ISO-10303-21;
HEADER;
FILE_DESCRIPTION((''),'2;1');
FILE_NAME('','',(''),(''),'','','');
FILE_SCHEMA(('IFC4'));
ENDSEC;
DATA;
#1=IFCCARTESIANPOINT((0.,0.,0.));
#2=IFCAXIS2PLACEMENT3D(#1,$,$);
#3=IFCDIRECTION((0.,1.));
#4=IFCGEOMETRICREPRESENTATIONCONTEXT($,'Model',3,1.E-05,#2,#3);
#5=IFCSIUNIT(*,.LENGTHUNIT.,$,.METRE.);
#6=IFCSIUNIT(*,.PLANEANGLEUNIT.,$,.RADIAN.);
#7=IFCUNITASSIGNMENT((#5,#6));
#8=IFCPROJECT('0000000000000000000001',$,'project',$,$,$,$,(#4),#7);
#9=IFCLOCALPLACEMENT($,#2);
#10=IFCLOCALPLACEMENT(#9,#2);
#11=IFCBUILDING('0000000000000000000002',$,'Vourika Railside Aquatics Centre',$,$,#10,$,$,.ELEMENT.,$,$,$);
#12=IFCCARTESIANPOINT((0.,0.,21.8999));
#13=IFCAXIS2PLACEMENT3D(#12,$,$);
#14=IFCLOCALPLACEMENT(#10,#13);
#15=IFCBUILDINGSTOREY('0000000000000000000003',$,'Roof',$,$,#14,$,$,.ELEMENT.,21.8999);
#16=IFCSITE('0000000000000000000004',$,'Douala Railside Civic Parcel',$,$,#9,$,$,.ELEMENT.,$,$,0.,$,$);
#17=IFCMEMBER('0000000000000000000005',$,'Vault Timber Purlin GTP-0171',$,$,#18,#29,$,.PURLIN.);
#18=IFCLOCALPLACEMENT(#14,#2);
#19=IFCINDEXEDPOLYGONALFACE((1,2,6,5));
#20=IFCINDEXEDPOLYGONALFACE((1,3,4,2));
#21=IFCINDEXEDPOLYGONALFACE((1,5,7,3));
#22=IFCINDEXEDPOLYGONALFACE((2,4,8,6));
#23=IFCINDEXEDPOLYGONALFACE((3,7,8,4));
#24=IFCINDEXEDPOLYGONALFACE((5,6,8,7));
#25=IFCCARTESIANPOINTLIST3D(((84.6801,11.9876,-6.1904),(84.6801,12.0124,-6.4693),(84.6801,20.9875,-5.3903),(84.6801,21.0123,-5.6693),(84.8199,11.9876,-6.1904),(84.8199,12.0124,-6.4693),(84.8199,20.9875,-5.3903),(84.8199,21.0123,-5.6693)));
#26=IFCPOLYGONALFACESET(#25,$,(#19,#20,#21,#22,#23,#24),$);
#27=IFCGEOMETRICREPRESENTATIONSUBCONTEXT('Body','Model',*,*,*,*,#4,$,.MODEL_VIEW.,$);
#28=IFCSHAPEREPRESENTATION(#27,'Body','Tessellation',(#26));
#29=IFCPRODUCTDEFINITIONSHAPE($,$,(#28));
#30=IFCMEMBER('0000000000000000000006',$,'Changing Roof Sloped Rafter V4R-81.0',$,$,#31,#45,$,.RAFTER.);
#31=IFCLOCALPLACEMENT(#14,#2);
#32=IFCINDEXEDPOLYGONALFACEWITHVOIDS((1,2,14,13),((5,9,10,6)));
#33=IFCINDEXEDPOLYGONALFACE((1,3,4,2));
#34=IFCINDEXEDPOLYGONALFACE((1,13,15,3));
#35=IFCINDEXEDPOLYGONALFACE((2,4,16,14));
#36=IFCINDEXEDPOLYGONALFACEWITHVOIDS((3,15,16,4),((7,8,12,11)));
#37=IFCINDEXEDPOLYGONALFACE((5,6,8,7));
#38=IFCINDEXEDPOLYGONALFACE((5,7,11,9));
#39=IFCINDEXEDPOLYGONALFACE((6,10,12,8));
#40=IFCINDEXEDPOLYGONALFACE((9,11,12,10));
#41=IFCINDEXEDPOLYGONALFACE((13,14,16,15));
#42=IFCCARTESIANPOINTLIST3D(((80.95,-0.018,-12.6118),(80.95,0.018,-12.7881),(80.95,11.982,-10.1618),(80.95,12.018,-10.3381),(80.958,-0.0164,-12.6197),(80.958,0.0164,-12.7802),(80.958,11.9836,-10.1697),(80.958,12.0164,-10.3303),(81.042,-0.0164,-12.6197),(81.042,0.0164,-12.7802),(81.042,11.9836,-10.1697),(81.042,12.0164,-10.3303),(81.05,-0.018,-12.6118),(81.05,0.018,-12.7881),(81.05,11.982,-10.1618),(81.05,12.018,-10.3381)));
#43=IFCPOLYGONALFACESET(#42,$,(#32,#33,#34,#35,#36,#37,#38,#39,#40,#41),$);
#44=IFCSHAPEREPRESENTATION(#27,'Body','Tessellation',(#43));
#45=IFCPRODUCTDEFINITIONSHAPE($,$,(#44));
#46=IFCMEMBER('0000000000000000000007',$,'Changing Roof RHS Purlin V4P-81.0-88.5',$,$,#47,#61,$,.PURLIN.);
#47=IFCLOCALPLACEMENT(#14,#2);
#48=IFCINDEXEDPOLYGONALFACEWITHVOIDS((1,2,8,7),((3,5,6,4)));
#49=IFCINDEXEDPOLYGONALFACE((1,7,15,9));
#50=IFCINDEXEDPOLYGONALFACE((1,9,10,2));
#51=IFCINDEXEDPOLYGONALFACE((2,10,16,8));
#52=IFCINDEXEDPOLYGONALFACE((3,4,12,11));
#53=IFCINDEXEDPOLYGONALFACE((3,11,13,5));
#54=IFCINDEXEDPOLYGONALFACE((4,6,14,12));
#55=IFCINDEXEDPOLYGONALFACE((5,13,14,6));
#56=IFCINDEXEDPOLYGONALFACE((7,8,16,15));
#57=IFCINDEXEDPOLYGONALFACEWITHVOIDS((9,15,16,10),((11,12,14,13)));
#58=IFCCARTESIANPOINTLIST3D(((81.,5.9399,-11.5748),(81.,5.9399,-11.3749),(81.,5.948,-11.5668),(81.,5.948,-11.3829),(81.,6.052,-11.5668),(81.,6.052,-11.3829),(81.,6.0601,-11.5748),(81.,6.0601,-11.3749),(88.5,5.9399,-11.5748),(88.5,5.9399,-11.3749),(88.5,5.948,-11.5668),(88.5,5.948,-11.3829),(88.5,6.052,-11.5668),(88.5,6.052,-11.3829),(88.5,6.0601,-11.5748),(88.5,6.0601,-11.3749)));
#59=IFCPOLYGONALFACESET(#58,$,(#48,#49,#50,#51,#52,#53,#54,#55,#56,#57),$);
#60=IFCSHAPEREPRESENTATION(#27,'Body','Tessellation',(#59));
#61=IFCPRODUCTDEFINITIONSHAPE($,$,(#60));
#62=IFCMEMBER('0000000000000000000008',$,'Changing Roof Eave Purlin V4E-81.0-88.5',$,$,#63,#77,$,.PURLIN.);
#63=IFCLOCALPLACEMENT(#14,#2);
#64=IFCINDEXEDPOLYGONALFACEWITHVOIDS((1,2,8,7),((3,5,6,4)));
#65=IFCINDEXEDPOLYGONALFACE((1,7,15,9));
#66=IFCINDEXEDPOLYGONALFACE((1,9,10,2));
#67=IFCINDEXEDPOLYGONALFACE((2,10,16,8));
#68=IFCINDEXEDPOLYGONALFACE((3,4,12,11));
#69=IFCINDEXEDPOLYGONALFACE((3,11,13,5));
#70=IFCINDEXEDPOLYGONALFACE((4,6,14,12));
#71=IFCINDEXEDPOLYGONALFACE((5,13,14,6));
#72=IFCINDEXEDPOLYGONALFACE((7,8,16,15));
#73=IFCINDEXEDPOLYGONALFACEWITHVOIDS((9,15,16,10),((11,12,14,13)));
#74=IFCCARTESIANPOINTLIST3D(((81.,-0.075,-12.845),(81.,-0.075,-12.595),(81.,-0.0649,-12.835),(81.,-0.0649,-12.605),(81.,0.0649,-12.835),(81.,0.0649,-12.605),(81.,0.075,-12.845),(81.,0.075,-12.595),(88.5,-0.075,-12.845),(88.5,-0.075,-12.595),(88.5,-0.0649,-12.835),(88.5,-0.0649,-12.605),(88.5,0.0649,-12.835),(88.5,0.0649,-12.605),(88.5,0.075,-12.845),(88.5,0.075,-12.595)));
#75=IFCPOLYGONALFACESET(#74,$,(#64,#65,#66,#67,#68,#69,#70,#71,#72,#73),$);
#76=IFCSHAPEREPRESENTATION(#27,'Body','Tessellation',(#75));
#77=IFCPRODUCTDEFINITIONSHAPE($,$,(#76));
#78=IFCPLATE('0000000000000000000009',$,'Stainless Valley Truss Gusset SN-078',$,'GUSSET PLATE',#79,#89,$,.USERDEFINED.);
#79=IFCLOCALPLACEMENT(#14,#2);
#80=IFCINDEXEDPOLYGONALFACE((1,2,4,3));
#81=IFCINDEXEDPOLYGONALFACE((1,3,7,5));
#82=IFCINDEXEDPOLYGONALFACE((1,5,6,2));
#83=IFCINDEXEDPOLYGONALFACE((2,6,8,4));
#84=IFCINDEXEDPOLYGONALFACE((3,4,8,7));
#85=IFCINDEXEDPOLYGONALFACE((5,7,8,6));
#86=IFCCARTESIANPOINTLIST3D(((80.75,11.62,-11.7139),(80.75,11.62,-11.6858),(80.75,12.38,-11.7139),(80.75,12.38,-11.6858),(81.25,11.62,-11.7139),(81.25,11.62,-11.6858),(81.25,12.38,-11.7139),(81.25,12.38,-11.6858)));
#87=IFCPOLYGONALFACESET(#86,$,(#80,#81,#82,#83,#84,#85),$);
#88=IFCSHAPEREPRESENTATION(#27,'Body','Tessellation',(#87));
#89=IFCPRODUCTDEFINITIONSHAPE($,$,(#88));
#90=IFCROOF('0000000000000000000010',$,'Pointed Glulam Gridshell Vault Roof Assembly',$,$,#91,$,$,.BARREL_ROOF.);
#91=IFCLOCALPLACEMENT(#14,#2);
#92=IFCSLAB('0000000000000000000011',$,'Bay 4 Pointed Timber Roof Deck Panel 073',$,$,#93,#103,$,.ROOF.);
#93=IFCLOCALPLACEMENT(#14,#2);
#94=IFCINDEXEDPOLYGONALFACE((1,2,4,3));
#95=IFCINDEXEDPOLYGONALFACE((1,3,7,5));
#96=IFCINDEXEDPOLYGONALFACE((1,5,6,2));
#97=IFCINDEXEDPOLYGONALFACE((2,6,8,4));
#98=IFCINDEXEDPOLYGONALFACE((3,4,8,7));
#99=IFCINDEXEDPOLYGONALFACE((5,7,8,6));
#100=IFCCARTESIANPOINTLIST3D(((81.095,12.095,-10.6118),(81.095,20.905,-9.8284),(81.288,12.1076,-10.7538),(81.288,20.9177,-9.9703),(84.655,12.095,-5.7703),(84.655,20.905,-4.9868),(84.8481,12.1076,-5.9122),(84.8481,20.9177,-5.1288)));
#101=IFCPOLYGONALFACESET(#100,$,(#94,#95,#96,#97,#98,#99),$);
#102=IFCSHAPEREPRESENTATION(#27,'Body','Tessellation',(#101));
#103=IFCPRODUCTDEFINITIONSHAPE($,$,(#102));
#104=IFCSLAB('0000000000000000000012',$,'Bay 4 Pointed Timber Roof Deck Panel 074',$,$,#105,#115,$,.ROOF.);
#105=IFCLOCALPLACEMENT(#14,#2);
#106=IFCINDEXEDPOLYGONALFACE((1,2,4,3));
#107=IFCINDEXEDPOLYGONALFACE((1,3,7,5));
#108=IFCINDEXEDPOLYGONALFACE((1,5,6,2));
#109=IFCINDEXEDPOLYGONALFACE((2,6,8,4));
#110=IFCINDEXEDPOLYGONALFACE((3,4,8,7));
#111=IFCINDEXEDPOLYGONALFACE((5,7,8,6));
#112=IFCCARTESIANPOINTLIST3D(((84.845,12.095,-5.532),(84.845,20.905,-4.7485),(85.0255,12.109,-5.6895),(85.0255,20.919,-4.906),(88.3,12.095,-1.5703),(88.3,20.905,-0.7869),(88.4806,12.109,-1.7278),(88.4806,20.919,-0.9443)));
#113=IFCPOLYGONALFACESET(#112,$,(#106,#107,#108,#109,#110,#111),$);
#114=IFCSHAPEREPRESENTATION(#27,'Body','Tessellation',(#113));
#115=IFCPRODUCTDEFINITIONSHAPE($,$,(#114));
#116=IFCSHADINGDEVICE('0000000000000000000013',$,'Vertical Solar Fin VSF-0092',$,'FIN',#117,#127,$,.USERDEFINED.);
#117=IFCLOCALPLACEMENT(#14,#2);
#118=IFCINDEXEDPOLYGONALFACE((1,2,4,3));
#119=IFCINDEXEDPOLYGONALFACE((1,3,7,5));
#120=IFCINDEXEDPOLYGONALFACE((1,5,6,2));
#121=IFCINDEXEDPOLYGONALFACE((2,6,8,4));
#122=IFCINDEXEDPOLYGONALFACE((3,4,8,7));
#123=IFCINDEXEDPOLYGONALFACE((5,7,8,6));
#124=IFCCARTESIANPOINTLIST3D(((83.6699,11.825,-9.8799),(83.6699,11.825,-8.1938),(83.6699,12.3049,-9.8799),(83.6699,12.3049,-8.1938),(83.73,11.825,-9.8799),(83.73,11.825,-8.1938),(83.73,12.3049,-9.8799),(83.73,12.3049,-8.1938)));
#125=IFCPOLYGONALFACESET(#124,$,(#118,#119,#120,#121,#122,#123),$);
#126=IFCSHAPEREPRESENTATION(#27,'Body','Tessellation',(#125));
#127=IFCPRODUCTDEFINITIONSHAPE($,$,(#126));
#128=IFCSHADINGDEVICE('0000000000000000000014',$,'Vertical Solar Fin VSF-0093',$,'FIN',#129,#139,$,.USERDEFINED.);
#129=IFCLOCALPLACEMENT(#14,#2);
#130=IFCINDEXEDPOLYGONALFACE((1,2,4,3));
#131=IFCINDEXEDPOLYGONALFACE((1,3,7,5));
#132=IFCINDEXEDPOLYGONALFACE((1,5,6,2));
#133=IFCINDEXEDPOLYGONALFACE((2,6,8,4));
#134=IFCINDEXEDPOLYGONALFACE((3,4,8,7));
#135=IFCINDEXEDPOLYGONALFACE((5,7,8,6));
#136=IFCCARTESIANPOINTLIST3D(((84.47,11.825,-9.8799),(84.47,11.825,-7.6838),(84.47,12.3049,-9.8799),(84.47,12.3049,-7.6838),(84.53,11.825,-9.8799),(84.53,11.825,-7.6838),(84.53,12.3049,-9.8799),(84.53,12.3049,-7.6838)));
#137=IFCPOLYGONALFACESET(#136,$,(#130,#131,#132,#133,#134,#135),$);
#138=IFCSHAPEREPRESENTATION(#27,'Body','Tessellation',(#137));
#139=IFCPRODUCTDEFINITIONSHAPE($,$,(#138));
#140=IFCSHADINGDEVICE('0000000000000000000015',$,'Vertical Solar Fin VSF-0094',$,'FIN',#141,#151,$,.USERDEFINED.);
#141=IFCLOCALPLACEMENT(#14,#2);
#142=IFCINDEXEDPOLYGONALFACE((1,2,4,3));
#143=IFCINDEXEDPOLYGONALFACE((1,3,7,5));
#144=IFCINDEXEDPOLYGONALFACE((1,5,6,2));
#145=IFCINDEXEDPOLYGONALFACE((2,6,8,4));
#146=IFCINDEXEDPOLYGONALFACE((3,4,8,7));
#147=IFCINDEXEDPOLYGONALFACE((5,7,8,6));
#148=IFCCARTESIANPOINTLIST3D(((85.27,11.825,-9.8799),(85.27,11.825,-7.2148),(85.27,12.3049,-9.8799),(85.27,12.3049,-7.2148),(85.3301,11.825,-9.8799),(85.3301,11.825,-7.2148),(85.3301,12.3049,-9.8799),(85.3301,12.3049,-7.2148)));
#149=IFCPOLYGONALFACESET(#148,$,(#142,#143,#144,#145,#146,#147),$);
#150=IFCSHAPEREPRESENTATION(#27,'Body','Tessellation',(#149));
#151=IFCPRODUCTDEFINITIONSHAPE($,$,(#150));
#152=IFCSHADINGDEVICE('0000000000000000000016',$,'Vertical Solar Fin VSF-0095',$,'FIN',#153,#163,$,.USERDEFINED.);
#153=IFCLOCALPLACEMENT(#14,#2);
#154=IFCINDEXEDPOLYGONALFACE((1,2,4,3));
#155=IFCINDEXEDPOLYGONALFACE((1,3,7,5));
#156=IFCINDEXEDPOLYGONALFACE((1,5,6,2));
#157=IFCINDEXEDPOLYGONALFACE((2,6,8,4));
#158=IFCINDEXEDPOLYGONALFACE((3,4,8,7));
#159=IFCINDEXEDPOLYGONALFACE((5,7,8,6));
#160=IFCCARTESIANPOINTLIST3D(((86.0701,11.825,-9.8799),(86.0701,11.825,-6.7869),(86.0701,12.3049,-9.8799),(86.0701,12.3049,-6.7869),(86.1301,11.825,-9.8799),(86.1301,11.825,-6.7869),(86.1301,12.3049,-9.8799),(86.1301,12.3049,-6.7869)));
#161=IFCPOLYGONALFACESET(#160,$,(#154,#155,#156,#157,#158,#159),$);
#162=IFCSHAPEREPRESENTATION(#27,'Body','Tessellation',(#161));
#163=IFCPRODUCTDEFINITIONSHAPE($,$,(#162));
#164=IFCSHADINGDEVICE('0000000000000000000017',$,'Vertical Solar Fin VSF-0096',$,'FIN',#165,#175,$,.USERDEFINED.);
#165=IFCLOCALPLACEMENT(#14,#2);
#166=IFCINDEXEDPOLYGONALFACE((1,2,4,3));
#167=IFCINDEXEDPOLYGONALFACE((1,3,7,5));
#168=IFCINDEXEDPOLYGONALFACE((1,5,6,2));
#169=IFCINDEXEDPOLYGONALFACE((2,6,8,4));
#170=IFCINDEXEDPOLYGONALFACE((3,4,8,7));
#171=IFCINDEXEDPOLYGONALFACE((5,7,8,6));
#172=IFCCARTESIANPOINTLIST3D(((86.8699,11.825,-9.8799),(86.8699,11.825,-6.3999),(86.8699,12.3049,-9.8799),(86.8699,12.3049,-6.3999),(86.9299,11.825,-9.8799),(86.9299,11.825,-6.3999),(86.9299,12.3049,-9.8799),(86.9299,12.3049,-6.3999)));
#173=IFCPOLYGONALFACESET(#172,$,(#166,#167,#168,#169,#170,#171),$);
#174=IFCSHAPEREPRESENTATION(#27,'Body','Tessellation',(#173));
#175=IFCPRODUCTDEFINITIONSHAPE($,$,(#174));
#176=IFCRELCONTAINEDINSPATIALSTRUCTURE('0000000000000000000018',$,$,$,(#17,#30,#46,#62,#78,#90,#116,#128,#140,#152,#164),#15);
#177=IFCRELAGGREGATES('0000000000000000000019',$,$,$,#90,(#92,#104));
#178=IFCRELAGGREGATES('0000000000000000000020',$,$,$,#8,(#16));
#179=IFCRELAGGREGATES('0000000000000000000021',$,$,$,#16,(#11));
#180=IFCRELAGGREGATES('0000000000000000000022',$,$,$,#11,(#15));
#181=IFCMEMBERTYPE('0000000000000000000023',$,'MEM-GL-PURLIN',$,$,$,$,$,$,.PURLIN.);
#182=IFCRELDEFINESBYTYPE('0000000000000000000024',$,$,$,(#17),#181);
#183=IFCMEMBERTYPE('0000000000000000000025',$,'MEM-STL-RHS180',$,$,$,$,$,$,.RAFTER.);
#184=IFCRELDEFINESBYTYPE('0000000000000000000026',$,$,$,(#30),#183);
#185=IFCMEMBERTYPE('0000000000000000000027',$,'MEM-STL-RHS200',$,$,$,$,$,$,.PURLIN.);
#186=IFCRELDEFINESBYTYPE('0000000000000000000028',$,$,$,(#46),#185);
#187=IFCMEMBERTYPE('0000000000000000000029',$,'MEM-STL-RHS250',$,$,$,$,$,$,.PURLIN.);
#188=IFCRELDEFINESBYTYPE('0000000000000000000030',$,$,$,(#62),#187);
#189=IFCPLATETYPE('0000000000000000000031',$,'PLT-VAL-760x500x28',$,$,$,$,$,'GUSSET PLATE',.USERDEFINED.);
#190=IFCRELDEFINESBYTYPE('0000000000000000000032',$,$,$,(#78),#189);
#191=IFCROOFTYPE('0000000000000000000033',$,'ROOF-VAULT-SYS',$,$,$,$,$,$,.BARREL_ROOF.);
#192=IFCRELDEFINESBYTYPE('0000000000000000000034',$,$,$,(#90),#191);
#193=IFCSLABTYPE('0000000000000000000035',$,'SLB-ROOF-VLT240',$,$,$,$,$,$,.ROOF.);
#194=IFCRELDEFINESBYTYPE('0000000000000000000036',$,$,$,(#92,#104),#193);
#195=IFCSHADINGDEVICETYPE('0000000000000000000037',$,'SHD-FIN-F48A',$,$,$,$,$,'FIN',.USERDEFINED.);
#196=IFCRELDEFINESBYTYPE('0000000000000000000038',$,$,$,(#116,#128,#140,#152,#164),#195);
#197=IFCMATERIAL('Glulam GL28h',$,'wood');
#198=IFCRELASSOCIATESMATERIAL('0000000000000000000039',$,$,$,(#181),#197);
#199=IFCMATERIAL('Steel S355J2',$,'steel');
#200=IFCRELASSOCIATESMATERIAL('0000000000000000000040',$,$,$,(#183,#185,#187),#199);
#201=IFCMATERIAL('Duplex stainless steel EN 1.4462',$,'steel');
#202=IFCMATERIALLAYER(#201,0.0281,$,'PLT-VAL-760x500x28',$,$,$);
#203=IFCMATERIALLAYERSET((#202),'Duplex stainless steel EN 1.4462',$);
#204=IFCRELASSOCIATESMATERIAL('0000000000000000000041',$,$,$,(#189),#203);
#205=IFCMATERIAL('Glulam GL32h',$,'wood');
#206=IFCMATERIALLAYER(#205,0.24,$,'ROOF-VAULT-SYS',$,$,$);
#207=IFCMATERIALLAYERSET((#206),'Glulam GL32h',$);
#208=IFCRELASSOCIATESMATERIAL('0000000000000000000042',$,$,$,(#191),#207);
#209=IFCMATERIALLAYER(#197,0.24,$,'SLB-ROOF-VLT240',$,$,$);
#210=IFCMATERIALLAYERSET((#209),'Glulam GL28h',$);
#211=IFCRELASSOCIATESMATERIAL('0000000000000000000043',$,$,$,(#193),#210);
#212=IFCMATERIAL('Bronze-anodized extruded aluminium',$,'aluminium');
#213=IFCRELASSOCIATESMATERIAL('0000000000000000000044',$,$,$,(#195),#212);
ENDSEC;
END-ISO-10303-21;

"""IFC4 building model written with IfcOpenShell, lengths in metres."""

from ifc_helpers import new_model, si_unit, direction, frame, origin, origin_2d, place, context, subcontext, project, spatial, polyline, rectangle, hollow_rectangle, outline, extrude, material, layer, layer_set, material_profile, profile_set, type_object, element, aggregate, save


model = new_model("IFC4")

# Units and contexts
model_context = context("Model", 3, precision=1e-05, world=origin(), true_north=direction((0.0, 1.0)))
body_context = subcontext(model_context, "Body", "Model", "MODEL_VIEW")
ifc_project = project(units=[si_unit("LENGTHUNIT", "METRE"), si_unit("PLANEANGLEUNIT", "RADIAN")], contexts=[model_context])

# Site, building, storey
site_placement = place(None, origin())
site = spatial("IfcSite", under=ifc_project, at=site_placement, Name="Douala Railside Civic Parcel", CompositionType="ELEMENT", RefElevation=0.0)
building_placement = place(site_placement, origin())
building = spatial("IfcBuilding", under=site, at=building_placement, Name="Vourika Railside Aquatics Centre", CompositionType="ELEMENT")
storey_placement = place(building_placement, frame((0.0, 0.0, 21.8999)))
storey = spatial("IfcBuildingStorey", under=building, at=storey_placement, Name="Roof", CompositionType="ELEMENT", Elevation=21.8999)

# Shared definitions
ifc_material_1 = material(Name="Steel S355J2", Category="steel")

# Shared definitions
ifc_material_2 = material(Name="Glulam GL32h", Category="wood")

# Members
ifc_material_3 = material(Name="Glulam GL28h", Category="wood")
ifc_material_profile_1 = material_profile(ifc_material_3, rectangle(XDim=0.1399, YDim=0.28, at=origin_2d()), Name="GL28h 140x280")
ifc_profile_set_1 = profile_set([ifc_material_profile_1], Name="Glulam GL28h")
member_type_1 = type_object("IfcMemberType", Name="MEM-GL-PURLIN", PredefinedType="PURLIN", material=ifc_profile_set_1)
member_1_placement = place(storey_placement, frame((84.75, 12.0, -6.3298), z_axis=(0.0, 0.996072, 0.088545), x_axis=(-1.0, 0.0, 0.0)))
element("IfcMember", 1, at=member_1_placement, inside=storey, type_object=member_type_1, Name="Vault Timber Purlin GTP-0171", PredefinedType="PURLIN", context=body_context, shape_type="SweptSolid", body=[
    extrude(rectangle(XDim=0.1399, YDim=0.28, at=origin_2d()), origin(), (0.0, 0.0, 1.0), 9.0354),
])
ifc_material_profile_2 = material_profile(ifc_material_1, hollow_rectangle(XDim=0.1001, YDim=0.1799, WallThickness=0.0081, at=origin_2d()), Name="RHS 180x100x8")
ifc_profile_set_2 = profile_set([ifc_material_profile_2], Name="Steel S355J2")
member_type_2 = type_object("IfcMemberType", Name="MEM-STL-RHS180", PredefinedType="RAFTER", material=ifc_profile_set_2)
member_2_placement = place(storey_placement, frame((81.0, 0.0, -12.7), z_axis=(0.0, 0.979789, 0.200036), x_axis=(-1.0, 0.0, 0.0)))
element("IfcMember", 2, at=member_2_placement, inside=storey, type_object=member_type_2, Name="Changing Roof Sloped Rafter V4R-81.0", PredefinedType="RAFTER", context=body_context, shape_type="SweptSolid", body=[
    extrude(hollow_rectangle(XDim=0.1001, YDim=0.1799, WallThickness=0.0081, at=origin_2d()), origin(), (0.0, 0.0, 1.0), 12.2476),
])
ifc_material_profile_3 = material_profile(ifc_material_1, hollow_rectangle(XDim=0.1201, YDim=0.2, WallThickness=0.0081, at=origin_2d()), Name="RHS 200x120x8")
ifc_profile_set_3 = profile_set([ifc_material_profile_3], Name="Steel S355J2")
member_type_3 = type_object("IfcMemberType", Name="MEM-STL-RHS200", PredefinedType="PURLIN", material=ifc_profile_set_3)
member_3_placement = place(storey_placement, frame((81.0, 6.0, -11.4749), z_axis=(1.0, 0.0, 0.0), x_axis=(0.0, 1.0, 0.0)))
element("IfcMember", 3, at=member_3_placement, inside=storey, type_object=member_type_3, Name="Changing Roof RHS Purlin V4P-81.0-88.5", PredefinedType="PURLIN", context=body_context, shape_type="SweptSolid", body=[
    extrude(hollow_rectangle(XDim=0.1201, YDim=0.2, WallThickness=0.0081, at=origin_2d()), origin(), (0.0, 0.0, 1.0), 7.5),
])
ifc_material_profile_4 = material_profile(ifc_material_1, hollow_rectangle(XDim=0.1499, YDim=0.25, WallThickness=0.01, at=origin_2d()), Name="RHS 250x150x10")
ifc_profile_set_4 = profile_set([ifc_material_profile_4], Name="Steel S355J2")
member_type_4 = type_object("IfcMemberType", Name="MEM-STL-RHS250", PredefinedType="PURLIN", material=ifc_profile_set_4)
member_4_placement = place(storey_placement, frame((81.0, 0.0, -12.72), z_axis=(1.0, 0.0, 0.0), x_axis=(0.0, 1.0, 0.0)))
element("IfcMember", 4, at=member_4_placement, inside=storey, type_object=member_type_4, Name="Changing Roof Eave Purlin V4E-81.0-88.5", PredefinedType="PURLIN", context=body_context, shape_type="SweptSolid", body=[
    extrude(hollow_rectangle(XDim=0.1499, YDim=0.25, WallThickness=0.01, at=origin_2d()), origin(), (0.0, 0.0, 1.0), 7.5),
])

# Plate
ifc_material_4 = material(Name="Duplex stainless steel EN 1.4462", Category="steel")
ifc_layer_1 = layer(ifc_material_4, 0.0281, Name="PLT-VAL-760x500x28")
ifc_layer_set_1 = layer_set([ifc_layer_1], Name="Duplex stainless steel EN 1.4462")
plate_type = type_object("IfcPlateType", Name="PLT-VAL-760x500x28", ElementType="GUSSET PLATE", PredefinedType="USERDEFINED", material=ifc_layer_set_1)
plate_placement = place(storey_placement, frame((81.0, 12.0, -11.7139), z_axis=(0.0, 0.0, 1.0), x_axis=(0.0, 1.0, 0.0)))
element("IfcPlate", 5, at=plate_placement, inside=storey, type_object=plate_type, Name="Stainless Valley Truss Gusset SN-078", ObjectType="GUSSET PLATE", PredefinedType="USERDEFINED", context=body_context, shape_type="SweptSolid", body=[
    extrude(rectangle(XDim=0.76, YDim=0.5, at=origin_2d()), origin(), (0.0, 0.0, 1.0), 0.0281),
])

# Roof, slabs
ifc_layer_2 = layer(ifc_material_2, 0.24, Name="ROOF-VAULT-SYS")
ifc_layer_set_2 = layer_set([ifc_layer_2], Name="Glulam GL32h")
roof_type = type_object("IfcRoofType", Name="ROOF-VAULT-SYS", PredefinedType="BARREL_ROOF", material=ifc_layer_set_2)
roof_placement = place(storey_placement, origin())
roof = element("IfcRoof", 6, at=roof_placement, inside=storey, type_object=roof_type, Name="Pointed Glulam Gridshell Vault Roof Assembly", PredefinedType="BARREL_ROOF")
ifc_layer_3 = layer(ifc_material_3, 0.24, Name="SLB-ROOF-VLT240")
ifc_layer_set_3 = layer_set([ifc_layer_3], Name="Glulam GL28h")
slab_type = type_object("IfcSlabType", Name="SLB-ROOF-VLT240", PredefinedType="ROOF", material=ifc_layer_set_3)
slab_1_placement = place(storey_placement, frame((81.095, 12.095, -10.6118), z_axis=(-0.804528, -0.052607, 0.59158), x_axis=(0.592401, 0.0, 0.805644)))
slab_1 = element("IfcSlab", 7, at=slab_1_placement, type_object=slab_type, Name="Bay 4 Pointed Timber Roof Deck Panel 073", PredefinedType="ROOF", context=body_context, shape_type="SweptSolid", body=[
    extrude(outline(polyline([(0.0, 0.0), (6.0095, 0.0), (6.6407, 8.8223), (0.6312, 8.8223), (0.0, 0.0)])), origin(), (0.0, 0.0, -1.0), 0.24),
])
slab_2_placement = place(storey_placement, frame((84.845, 12.095, -5.532), z_axis=(-0.752365, -0.05835, 0.656157), x_axis=(0.657277, 0.0, 0.753649)))
slab_2 = element("IfcSlab", 8, at=slab_2_placement, type_object=slab_type, Name="Bay 4 Pointed Timber Roof Deck Panel 074", PredefinedType="ROOF", context=body_context, shape_type="SweptSolid", body=[
    extrude(outline(polyline([(0.0, 0.0), (5.2567, 0.0), (5.8471, 8.8251), (0.5904, 8.8251), (0.0, 0.0)])), origin(), (0.0, 0.0, -1.0), 0.24),
])
aggregate(roof, [slab_1, slab_2])

# Shading devices
ifc_material_5 = material(Name="Bronze-anodized extruded aluminium", Category="aluminium")
ifc_material_profile_5 = material_profile(ifc_material_5, rectangle(XDim=0.0601, YDim=0.48, at=origin_2d()), Name="ALU-FIN 60x480")
ifc_profile_set_5 = profile_set([ifc_material_profile_5], Name="Bronze-anodized extruded aluminium")
shading_device_type = type_object("IfcShadingDeviceType", Name="SHD-FIN-F48A", ElementType="FIN", PredefinedType="USERDEFINED", material=ifc_profile_set_5)
shading_device_1_placement = place(storey_placement, frame((83.7, 12.0649, -9.8799), z_axis=(0.0, 0.0, 1.0), x_axis=(-1.0, 0.0, 0.0)))
element("IfcShadingDevice", 9, at=shading_device_1_placement, inside=storey, type_object=shading_device_type, Name="Vertical Solar Fin VSF-0092", ObjectType="FIN", PredefinedType="USERDEFINED", context=body_context, shape_type="SweptSolid", body=[
    extrude(rectangle(XDim=0.0601, YDim=0.48, at=origin_2d()), origin(), (0.0, 0.0, 1.0), 1.686),
])
shading_device_2_placement = place(storey_placement, frame((84.5, 12.0649, -9.8799), z_axis=(0.0, 0.0, 1.0), x_axis=(-1.0, 0.0, 0.0)))
element("IfcShadingDevice", 10, at=shading_device_2_placement, inside=storey, type_object=shading_device_type, Name="Vertical Solar Fin VSF-0093", ObjectType="FIN", PredefinedType="USERDEFINED", context=body_context, shape_type="SweptSolid", body=[
    extrude(rectangle(XDim=0.0601, YDim=0.48, at=origin_2d()), origin(), (0.0, 0.0, 1.0), 2.196),
])
shading_device_3_placement = place(storey_placement, frame((85.3, 12.0649, -9.8799), z_axis=(0.0, 0.0, 1.0), x_axis=(-1.0, 0.0, 0.0)))
element("IfcShadingDevice", 11, at=shading_device_3_placement, inside=storey, type_object=shading_device_type, Name="Vertical Solar Fin VSF-0094", ObjectType="FIN", PredefinedType="USERDEFINED", context=body_context, shape_type="SweptSolid", body=[
    extrude(rectangle(XDim=0.0601, YDim=0.48, at=origin_2d()), origin(), (0.0, 0.0, 1.0), 2.665),
])
shading_device_4_placement = place(storey_placement, frame((86.1001, 12.0649, -9.8799), z_axis=(0.0, 0.0, 1.0), x_axis=(-1.0, 0.0, 0.0)))
element("IfcShadingDevice", 12, at=shading_device_4_placement, inside=storey, type_object=shading_device_type, Name="Vertical Solar Fin VSF-0095", ObjectType="FIN", PredefinedType="USERDEFINED", context=body_context, shape_type="SweptSolid", body=[
    extrude(rectangle(XDim=0.0601, YDim=0.48, at=origin_2d()), origin(), (0.0, 0.0, 1.0), 3.093),
])
shading_device_5_placement = place(storey_placement, frame((86.8999, 12.0649, -9.8799), z_axis=(0.0, 0.0, 1.0), x_axis=(-1.0, 0.0, 0.0)))
element("IfcShadingDevice", 13, at=shading_device_5_placement, inside=storey, type_object=shading_device_type, Name="Vertical Solar Fin VSF-0096", ObjectType="FIN", PredefinedType="USERDEFINED", context=body_context, shape_type="SweptSolid", body=[
    extrude(rectangle(XDim=0.0601, YDim=0.48, at=origin_2d()), origin(), (0.0, 0.0, 1.0), 3.48),
])

save(model, "model.ifc")
